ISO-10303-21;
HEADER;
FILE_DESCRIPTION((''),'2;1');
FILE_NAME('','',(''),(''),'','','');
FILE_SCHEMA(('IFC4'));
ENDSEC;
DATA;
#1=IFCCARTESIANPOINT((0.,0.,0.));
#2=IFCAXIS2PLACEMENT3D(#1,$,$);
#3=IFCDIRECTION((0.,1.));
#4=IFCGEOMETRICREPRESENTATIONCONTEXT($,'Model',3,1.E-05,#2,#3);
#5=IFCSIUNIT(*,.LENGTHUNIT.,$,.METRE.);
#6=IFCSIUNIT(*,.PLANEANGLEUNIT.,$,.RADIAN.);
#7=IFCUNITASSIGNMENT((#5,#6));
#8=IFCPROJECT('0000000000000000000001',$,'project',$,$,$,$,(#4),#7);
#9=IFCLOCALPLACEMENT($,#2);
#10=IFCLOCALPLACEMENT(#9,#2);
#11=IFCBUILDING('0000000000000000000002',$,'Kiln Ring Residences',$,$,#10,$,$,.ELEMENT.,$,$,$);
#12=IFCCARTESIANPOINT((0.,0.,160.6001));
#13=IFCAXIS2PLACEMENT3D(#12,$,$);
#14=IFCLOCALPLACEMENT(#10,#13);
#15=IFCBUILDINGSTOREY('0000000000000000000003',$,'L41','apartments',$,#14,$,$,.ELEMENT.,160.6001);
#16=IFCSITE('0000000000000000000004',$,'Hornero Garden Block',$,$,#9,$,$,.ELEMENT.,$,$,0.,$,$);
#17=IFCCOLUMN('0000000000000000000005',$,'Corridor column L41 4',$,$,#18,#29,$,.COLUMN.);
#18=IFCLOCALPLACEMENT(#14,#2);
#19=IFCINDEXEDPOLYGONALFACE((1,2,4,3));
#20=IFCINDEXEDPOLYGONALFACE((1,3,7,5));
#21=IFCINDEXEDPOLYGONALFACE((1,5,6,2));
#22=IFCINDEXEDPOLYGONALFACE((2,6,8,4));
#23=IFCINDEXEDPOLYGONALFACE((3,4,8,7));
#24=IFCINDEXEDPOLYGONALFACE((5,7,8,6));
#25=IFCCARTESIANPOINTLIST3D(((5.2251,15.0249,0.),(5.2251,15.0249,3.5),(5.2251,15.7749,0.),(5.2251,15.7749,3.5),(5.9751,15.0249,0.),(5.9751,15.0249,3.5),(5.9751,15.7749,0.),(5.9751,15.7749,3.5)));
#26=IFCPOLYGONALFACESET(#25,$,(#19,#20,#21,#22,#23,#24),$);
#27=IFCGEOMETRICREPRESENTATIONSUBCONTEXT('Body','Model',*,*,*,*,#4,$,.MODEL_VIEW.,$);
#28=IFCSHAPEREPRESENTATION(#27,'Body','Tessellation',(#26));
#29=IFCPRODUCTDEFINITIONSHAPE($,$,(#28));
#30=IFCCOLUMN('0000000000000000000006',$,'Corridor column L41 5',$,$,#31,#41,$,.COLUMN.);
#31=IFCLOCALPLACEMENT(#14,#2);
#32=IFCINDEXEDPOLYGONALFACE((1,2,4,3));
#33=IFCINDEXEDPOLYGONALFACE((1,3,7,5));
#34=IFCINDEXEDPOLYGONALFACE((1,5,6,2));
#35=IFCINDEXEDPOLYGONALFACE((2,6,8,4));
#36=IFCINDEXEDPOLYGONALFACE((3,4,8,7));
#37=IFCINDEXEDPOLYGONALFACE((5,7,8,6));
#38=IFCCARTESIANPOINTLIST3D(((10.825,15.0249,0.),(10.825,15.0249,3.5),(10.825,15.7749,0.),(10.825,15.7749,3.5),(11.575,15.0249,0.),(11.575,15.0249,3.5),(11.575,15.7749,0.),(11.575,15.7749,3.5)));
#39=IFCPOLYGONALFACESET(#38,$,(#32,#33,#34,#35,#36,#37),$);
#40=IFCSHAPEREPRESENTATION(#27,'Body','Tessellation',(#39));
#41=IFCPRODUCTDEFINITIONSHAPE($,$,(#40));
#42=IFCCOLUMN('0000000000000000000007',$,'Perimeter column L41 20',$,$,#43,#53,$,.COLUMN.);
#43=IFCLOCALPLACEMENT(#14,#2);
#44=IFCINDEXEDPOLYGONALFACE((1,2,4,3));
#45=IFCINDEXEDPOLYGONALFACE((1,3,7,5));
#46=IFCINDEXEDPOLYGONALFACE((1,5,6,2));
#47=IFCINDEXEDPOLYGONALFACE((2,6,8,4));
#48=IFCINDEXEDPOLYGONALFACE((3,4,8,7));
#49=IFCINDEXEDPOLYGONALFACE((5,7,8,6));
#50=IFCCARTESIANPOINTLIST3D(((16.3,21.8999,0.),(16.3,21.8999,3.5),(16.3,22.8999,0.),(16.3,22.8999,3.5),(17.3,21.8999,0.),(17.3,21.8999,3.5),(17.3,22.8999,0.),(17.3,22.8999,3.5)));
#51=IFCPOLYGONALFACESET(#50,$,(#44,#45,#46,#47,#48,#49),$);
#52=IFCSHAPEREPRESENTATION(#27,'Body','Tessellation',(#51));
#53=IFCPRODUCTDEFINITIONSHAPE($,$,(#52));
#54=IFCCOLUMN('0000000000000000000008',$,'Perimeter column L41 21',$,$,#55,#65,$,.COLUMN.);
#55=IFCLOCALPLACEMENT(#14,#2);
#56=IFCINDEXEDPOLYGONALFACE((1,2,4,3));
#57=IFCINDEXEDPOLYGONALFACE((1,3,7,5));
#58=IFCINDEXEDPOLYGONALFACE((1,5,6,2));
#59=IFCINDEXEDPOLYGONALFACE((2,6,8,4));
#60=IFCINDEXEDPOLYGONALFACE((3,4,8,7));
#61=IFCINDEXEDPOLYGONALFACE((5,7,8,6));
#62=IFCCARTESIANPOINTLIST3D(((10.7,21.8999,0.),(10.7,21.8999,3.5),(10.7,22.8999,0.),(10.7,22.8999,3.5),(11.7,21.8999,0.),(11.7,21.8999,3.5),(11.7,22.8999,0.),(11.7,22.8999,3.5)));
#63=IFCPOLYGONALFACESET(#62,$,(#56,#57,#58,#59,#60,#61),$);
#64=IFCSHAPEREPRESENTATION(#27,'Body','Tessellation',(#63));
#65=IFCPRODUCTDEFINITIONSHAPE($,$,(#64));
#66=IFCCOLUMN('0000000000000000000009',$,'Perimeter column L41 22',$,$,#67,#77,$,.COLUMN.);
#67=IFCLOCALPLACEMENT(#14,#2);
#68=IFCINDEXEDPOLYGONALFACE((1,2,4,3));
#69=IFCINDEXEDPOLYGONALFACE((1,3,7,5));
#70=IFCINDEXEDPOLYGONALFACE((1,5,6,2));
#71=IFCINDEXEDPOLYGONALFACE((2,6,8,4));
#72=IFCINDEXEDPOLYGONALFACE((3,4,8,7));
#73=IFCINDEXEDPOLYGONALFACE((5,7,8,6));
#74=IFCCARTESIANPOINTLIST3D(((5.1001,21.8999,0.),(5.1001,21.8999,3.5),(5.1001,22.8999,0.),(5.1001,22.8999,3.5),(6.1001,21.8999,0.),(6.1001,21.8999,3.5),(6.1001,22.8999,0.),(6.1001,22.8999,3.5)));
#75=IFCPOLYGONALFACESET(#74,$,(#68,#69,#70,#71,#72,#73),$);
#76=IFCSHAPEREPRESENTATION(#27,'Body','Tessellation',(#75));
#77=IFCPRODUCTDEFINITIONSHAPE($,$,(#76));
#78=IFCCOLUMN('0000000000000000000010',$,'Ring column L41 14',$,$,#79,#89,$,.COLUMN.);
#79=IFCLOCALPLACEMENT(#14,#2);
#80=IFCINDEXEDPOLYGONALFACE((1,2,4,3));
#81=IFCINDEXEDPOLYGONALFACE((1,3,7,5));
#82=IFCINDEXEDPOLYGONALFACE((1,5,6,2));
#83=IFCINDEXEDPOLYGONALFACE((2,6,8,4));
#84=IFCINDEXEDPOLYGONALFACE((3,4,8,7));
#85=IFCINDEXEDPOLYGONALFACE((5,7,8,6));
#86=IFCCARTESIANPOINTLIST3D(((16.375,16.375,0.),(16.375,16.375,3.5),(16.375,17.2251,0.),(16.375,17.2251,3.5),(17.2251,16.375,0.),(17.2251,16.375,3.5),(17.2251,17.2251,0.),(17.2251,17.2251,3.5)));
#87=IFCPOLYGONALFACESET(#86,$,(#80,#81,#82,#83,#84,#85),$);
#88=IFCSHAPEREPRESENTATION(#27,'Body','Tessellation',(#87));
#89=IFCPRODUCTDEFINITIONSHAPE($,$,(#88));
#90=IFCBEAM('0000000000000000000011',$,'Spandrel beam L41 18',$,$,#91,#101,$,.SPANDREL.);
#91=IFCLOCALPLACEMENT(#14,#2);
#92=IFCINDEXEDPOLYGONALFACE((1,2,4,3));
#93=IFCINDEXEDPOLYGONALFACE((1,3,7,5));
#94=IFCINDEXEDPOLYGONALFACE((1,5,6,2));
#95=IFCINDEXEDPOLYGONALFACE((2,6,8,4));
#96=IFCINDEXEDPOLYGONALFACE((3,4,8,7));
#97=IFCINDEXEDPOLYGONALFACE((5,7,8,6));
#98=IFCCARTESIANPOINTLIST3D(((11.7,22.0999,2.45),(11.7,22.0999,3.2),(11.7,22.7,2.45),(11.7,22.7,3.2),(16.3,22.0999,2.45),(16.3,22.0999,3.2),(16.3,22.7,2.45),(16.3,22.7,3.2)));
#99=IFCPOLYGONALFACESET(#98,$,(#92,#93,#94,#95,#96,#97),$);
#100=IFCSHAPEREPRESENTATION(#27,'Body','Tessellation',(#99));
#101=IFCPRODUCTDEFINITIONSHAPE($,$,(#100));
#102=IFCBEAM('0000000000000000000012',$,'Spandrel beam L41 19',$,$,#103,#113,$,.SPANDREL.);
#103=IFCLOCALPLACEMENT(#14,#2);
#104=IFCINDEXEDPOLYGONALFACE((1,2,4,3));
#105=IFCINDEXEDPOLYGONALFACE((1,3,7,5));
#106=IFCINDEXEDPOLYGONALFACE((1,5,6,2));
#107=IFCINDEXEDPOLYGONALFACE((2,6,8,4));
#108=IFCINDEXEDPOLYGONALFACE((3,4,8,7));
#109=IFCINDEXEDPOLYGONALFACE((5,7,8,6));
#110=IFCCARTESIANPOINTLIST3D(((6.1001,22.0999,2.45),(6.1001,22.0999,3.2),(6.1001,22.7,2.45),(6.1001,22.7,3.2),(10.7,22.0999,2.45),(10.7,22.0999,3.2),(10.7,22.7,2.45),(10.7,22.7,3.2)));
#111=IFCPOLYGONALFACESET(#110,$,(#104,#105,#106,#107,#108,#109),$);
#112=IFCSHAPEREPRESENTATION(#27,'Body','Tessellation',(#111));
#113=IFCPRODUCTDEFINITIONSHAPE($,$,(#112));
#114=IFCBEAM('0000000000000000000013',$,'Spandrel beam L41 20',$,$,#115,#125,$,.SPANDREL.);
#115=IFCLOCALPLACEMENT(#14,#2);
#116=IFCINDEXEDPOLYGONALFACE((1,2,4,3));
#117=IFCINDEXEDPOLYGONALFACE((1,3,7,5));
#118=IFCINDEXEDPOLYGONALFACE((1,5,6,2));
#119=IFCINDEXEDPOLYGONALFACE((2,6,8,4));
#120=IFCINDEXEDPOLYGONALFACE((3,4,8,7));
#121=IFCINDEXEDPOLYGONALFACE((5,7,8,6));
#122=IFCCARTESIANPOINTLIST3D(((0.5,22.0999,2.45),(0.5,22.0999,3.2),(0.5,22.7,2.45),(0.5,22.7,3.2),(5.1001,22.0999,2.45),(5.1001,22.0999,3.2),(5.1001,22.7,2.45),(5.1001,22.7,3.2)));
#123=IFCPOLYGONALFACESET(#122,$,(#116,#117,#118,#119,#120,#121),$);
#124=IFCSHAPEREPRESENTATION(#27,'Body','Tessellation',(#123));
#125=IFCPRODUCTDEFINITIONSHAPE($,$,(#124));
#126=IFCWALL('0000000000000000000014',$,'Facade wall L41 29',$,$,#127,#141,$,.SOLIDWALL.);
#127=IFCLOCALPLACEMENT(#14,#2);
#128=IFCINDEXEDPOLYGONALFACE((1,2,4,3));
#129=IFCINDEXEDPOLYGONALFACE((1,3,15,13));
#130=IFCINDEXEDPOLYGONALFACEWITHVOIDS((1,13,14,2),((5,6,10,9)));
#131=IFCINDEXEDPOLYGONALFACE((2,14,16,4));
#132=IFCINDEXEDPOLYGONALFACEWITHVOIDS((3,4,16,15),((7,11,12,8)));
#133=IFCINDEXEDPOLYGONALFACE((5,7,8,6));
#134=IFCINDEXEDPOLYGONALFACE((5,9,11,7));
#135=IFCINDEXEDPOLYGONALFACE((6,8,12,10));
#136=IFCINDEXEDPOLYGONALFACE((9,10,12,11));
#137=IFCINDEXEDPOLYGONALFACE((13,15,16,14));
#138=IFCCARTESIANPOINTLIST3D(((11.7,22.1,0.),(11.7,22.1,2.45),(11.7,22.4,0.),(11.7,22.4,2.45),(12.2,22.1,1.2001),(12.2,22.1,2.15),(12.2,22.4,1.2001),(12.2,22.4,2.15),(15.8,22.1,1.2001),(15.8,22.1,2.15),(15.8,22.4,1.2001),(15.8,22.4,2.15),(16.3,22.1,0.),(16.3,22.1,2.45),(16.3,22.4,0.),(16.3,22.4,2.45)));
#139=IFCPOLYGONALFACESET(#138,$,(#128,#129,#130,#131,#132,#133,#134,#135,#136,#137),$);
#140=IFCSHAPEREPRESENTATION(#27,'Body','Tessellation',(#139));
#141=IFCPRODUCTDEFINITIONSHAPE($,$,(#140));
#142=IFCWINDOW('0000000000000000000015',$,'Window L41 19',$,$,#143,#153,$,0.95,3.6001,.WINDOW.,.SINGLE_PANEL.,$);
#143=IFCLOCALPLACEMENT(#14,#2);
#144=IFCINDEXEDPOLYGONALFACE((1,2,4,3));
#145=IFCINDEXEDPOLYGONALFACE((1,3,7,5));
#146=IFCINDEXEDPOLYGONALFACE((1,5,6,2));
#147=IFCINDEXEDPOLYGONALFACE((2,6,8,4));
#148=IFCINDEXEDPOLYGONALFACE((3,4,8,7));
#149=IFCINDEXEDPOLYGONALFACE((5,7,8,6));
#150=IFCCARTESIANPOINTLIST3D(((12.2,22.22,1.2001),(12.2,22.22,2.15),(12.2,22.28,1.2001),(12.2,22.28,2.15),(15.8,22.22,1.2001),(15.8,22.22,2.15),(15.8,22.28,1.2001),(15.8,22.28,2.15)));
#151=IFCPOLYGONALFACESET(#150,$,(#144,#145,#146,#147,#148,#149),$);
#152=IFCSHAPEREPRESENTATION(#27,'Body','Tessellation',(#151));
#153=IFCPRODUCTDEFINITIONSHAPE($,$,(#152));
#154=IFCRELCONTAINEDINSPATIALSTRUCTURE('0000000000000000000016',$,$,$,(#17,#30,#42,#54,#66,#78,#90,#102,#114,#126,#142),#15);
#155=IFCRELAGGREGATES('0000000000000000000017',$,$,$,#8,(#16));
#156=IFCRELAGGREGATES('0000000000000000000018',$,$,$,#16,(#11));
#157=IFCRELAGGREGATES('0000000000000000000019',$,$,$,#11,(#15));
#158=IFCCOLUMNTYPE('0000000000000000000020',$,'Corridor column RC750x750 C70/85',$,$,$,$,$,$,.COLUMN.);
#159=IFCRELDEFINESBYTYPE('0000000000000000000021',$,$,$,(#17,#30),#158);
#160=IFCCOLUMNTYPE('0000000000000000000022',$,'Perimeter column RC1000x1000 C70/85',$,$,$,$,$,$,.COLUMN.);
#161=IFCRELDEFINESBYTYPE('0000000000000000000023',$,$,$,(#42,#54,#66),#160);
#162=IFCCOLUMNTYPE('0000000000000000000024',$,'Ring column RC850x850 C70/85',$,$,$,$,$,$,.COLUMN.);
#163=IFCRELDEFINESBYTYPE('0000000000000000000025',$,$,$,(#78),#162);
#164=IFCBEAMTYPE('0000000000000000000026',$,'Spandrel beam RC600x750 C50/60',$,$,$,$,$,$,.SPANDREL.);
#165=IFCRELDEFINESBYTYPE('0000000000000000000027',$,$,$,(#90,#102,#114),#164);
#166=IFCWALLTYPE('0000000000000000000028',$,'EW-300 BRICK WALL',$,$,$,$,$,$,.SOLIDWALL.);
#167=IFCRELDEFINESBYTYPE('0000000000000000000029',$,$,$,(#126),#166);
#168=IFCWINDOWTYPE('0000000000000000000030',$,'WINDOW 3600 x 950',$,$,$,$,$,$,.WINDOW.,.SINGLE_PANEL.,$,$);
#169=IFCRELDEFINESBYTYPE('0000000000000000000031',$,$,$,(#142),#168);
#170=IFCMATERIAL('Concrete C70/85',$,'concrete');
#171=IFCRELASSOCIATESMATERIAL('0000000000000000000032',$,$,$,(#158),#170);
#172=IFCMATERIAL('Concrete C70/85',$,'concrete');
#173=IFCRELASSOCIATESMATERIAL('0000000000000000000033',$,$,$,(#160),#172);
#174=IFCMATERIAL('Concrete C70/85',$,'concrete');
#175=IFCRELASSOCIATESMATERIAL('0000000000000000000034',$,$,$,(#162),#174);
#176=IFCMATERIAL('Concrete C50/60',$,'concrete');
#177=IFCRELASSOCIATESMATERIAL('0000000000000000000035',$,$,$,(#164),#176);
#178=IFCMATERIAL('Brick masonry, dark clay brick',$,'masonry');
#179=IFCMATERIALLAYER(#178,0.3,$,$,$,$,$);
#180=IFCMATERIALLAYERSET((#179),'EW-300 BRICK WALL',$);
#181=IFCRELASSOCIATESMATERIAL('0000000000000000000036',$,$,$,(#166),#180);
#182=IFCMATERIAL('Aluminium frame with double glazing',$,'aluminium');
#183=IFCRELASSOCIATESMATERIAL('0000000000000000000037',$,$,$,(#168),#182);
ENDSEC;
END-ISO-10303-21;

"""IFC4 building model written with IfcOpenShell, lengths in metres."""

from ifc_helpers import new_model, si_unit, direction, frame, frame_2d, origin, origin_2d, place, context, subcontext, project, spatial, rectangle, extrude, material, layer, layer_set, material_profile, profile_set, type_object, element, fill, save


model = new_model("IFC4")

# Units and contexts
model_context = context("Model", 3, precision=1e-05, world=origin(), true_north=direction((0.0, 1.0)))
body_context = subcontext(model_context, "Body", "Model", "MODEL_VIEW")
ifc_project = project(units=[si_unit("LENGTHUNIT", "METRE"), si_unit("PLANEANGLEUNIT", "RADIAN")], contexts=[model_context])

# Site, building, storey
site_placement = place(None, origin())
site = spatial("IfcSite", under=ifc_project, at=site_placement, Name="Hornero Garden Block", CompositionType="ELEMENT", RefElevation=0.0)
building_placement = place(site_placement, origin())
building = spatial("IfcBuilding", under=site, at=building_placement, Name="Kiln Ring Residences", CompositionType="ELEMENT")
storey_placement = place(building_placement, frame((0.0, 0.0, 160.6001)))
storey = spatial("IfcBuildingStorey", under=building, at=storey_placement, Name="L41", Description="apartments", CompositionType="ELEMENT", Elevation=160.6001)

# Columns
ifc_material_1 = material(Name="Concrete C70/85", Category="concrete")
ifc_material_profile_1 = material_profile(ifc_material_1, rectangle(XDim=0.75, YDim=0.75, at=origin_2d()), Name="RC750x750")
ifc_profile_set_1 = profile_set([ifc_material_profile_1], Name="Concrete C70/85")
column_type_1 = type_object("IfcColumnType", Name="Corridor column RC750x750 C70/85", PredefinedType="COLUMN", material=ifc_profile_set_1)
for number, where, z_axis, x_axis, name in (
    (1, (5.6001, 15.3999, 0.0), (0.0, 0.0, 1.0), (1.0, 0.0, 0.0), "Corridor column L41 4"),
    (2, (11.2, 15.3999, 0.0), (0.0, 0.0, 1.0), (1.0, 0.0, 0.0), "Corridor column L41 5"),
):
    element("IfcColumn", number, at=place(storey_placement, frame(where, z_axis=z_axis, x_axis=x_axis)), inside=storey, type_object=column_type_1, Name=name, PredefinedType="COLUMN", context=body_context, shape_type="SweptSolid", body=[
        extrude(rectangle(XDim=0.75, YDim=0.75, at=origin_2d()), origin(), (0.0, 0.0, 1.0), 3.5),
    ])
ifc_material_2 = material(Name="Concrete C70/85", Category="concrete")
ifc_material_profile_2 = material_profile(ifc_material_2, rectangle(XDim=1.0, YDim=1.0, at=origin_2d()), Name="RC1000x1000")
ifc_profile_set_2 = profile_set([ifc_material_profile_2], Name="Concrete C70/85")
column_type_2 = type_object("IfcColumnType", Name="Perimeter column RC1000x1000 C70/85", PredefinedType="COLUMN", material=ifc_profile_set_2)
for number, where, z_axis, x_axis, name in (
    (3, (16.8, 22.3999, 0.0), (0.0, 0.0, 1.0), (1.0, 0.0, 0.0), "Perimeter column L41 20"),
    (4, (11.2, 22.3999, 0.0), (0.0, 0.0, 1.0), (1.0, 0.0, 0.0), "Perimeter column L41 21"),
    (5, (5.6001, 22.3999, 0.0), (0.0, 0.0, 1.0), (1.0, 0.0, 0.0), "Perimeter column L41 22"),
):
    element("IfcColumn", number, at=place(storey_placement, frame(where, z_axis=z_axis, x_axis=x_axis)), inside=storey, type_object=column_type_2, Name=name, PredefinedType="COLUMN", context=body_context, shape_type="SweptSolid", body=[
        extrude(rectangle(XDim=1.0, YDim=1.0, at=origin_2d()), origin(), (0.0, 0.0, 1.0), 3.5),
    ])
ifc_material_3 = material(Name="Concrete C70/85", Category="concrete")
ifc_material_profile_3 = material_profile(ifc_material_3, rectangle(XDim=0.8501, YDim=0.8501, at=origin_2d()), Name="RC850x850")
ifc_profile_set_3 = profile_set([ifc_material_profile_3], Name="Concrete C70/85")
column_type_3 = type_object("IfcColumnType", Name="Ring column RC850x850 C70/85", PredefinedType="COLUMN", material=ifc_profile_set_3)
column_placement = place(storey_placement, frame((16.8, 16.8, 0.0), z_axis=(0.0, 0.0, 1.0), x_axis=(1.0, 0.0, 0.0)))
element("IfcColumn", 6, at=column_placement, inside=storey, type_object=column_type_3, Name="Ring column L41 14", PredefinedType="COLUMN", context=body_context, shape_type="SweptSolid", body=[
    extrude(rectangle(XDim=0.8501, YDim=0.8501, at=origin_2d()), origin(), (0.0, 0.0, 1.0), 3.5),
])

# Beams
ifc_material_4 = material(Name="Concrete C50/60", Category="concrete")
ifc_material_profile_4 = material_profile(ifc_material_4, rectangle(XDim=0.6001, YDim=0.75, at=origin_2d()), Name="RC600x750")
ifc_profile_set_4 = profile_set([ifc_material_profile_4], Name="Concrete C50/60")
beam_type = type_object("IfcBeamType", Name="Spandrel beam RC600x750 C50/60", PredefinedType="SPANDREL", material=ifc_profile_set_4)
beam_1_placement = place(storey_placement, frame((16.3, 22.3999, 2.825), z_axis=(-1.0, 0.0, 0.0), x_axis=(0.0, -1.0, 0.0)))
element("IfcBeam", 7, at=beam_1_placement, inside=storey, type_object=beam_type, Name="Spandrel beam L41 18", PredefinedType="SPANDREL", context=body_context, shape_type="SweptSolid", body=[
    extrude(rectangle(XDim=0.6001, YDim=0.75, at=origin_2d()), origin(), (0.0, 0.0, 1.0), 4.6001),
])
beam_2_placement = place(storey_placement, frame((10.7, 22.3999, 2.825), z_axis=(-1.0, 0.0, 0.0), x_axis=(0.0, -1.0, 0.0)))
element("IfcBeam", 8, at=beam_2_placement, inside=storey, type_object=beam_type, Name="Spandrel beam L41 19", PredefinedType="SPANDREL", context=body_context, shape_type="SweptSolid", body=[
    extrude(rectangle(XDim=0.6001, YDim=0.75, at=origin_2d()), origin(), (0.0, 0.0, 1.0), 4.5999),
])
beam_3_placement = place(storey_placement, frame((5.1001, 22.3999, 2.825), z_axis=(-1.0, 0.0, 0.0), x_axis=(0.0, -1.0, 0.0)))
element("IfcBeam", 9, at=beam_3_placement, inside=storey, type_object=beam_type, Name="Spandrel beam L41 20", PredefinedType="SPANDREL", context=body_context, shape_type="SweptSolid", body=[
    extrude(rectangle(XDim=0.6001, YDim=0.75, at=origin_2d()), origin(), (0.0, 0.0, 1.0), 4.6001),
])

# Wall, opening, window
ifc_material_5 = material(Name="Brick masonry, dark clay brick", Category="masonry")
ifc_layer_1 = layer(ifc_material_5, 0.3)
ifc_layer_set_1 = layer_set([ifc_layer_1], Name="EW-300 BRICK WALL")
wall_type_1 = type_object("IfcWallType", Name="EW-300 BRICK WALL", PredefinedType="SOLIDWALL", material=ifc_layer_set_1)
wall_1_placement = place(storey_placement, frame((16.3, 22.25, 0.0), z_axis=(0.0, 0.0, 1.0), x_axis=(-1.0, 0.0, 0.0)))
wall_1 = element("IfcWall", 10, at=wall_1_placement, inside=storey, type_object=wall_type_1, Name="Facade wall L41 29", PredefinedType="SOLIDWALL", context=body_context, shape_type="SweptSolid", body=[
    extrude(rectangle(XDim=4.6001, YDim=0.3, at=frame_2d((2.3, 0.0))), origin(), (0.0, 0.0, 1.0), 2.45),
])
opening_1_placement = place(wall_1_placement, frame((0.5, 0.0, 1.2)))
opening_1 = element("IfcOpeningElement", 11, at=opening_1_placement, cuts=wall_1, PredefinedType="OPENING", context=body_context, shape_type="SweptSolid", body=[
    extrude(rectangle(XDim=3.6001, YDim=0.95, at=frame_2d((1.8, 0.4751))), frame((0.0, 0.1599, 0.0), z_axis=(0.0, -1.0, 0.0), x_axis=(1.0, 0.0, 0.0)), (0.0, 0.0, 1.0), 0.3201),
])
ifc_material_6 = material(Name="Aluminium frame with double glazing", Category="aluminium")
window_type_1 = type_object("IfcWindowType", Name="WINDOW 3600 x 950", PartitioningType="SINGLE_PANEL", PredefinedType="WINDOW", material=ifc_material_6)
window_1_placement = place(opening_1_placement, origin())
window_1 = element("IfcWindow", 12, at=window_1_placement, inside=storey, type_object=window_type_1, Name="Window L41 19", OverallHeight=0.95, OverallWidth=3.6001, PartitioningType="SINGLE_PANEL", PredefinedType="WINDOW", context=body_context, shape_type="SweptSolid", body=[
    extrude(rectangle(XDim=3.6001, YDim=0.95, at=frame_2d((1.8, 0.4751))), frame((0.0, 0.03, 0.0), z_axis=(0.0, -1.0, 0.0), x_axis=(1.0, 0.0, 0.0)), (0.0, 0.0, 1.0), 0.0601),
])
fill(opening_1, window_1)

save(model, "model.ifc")
